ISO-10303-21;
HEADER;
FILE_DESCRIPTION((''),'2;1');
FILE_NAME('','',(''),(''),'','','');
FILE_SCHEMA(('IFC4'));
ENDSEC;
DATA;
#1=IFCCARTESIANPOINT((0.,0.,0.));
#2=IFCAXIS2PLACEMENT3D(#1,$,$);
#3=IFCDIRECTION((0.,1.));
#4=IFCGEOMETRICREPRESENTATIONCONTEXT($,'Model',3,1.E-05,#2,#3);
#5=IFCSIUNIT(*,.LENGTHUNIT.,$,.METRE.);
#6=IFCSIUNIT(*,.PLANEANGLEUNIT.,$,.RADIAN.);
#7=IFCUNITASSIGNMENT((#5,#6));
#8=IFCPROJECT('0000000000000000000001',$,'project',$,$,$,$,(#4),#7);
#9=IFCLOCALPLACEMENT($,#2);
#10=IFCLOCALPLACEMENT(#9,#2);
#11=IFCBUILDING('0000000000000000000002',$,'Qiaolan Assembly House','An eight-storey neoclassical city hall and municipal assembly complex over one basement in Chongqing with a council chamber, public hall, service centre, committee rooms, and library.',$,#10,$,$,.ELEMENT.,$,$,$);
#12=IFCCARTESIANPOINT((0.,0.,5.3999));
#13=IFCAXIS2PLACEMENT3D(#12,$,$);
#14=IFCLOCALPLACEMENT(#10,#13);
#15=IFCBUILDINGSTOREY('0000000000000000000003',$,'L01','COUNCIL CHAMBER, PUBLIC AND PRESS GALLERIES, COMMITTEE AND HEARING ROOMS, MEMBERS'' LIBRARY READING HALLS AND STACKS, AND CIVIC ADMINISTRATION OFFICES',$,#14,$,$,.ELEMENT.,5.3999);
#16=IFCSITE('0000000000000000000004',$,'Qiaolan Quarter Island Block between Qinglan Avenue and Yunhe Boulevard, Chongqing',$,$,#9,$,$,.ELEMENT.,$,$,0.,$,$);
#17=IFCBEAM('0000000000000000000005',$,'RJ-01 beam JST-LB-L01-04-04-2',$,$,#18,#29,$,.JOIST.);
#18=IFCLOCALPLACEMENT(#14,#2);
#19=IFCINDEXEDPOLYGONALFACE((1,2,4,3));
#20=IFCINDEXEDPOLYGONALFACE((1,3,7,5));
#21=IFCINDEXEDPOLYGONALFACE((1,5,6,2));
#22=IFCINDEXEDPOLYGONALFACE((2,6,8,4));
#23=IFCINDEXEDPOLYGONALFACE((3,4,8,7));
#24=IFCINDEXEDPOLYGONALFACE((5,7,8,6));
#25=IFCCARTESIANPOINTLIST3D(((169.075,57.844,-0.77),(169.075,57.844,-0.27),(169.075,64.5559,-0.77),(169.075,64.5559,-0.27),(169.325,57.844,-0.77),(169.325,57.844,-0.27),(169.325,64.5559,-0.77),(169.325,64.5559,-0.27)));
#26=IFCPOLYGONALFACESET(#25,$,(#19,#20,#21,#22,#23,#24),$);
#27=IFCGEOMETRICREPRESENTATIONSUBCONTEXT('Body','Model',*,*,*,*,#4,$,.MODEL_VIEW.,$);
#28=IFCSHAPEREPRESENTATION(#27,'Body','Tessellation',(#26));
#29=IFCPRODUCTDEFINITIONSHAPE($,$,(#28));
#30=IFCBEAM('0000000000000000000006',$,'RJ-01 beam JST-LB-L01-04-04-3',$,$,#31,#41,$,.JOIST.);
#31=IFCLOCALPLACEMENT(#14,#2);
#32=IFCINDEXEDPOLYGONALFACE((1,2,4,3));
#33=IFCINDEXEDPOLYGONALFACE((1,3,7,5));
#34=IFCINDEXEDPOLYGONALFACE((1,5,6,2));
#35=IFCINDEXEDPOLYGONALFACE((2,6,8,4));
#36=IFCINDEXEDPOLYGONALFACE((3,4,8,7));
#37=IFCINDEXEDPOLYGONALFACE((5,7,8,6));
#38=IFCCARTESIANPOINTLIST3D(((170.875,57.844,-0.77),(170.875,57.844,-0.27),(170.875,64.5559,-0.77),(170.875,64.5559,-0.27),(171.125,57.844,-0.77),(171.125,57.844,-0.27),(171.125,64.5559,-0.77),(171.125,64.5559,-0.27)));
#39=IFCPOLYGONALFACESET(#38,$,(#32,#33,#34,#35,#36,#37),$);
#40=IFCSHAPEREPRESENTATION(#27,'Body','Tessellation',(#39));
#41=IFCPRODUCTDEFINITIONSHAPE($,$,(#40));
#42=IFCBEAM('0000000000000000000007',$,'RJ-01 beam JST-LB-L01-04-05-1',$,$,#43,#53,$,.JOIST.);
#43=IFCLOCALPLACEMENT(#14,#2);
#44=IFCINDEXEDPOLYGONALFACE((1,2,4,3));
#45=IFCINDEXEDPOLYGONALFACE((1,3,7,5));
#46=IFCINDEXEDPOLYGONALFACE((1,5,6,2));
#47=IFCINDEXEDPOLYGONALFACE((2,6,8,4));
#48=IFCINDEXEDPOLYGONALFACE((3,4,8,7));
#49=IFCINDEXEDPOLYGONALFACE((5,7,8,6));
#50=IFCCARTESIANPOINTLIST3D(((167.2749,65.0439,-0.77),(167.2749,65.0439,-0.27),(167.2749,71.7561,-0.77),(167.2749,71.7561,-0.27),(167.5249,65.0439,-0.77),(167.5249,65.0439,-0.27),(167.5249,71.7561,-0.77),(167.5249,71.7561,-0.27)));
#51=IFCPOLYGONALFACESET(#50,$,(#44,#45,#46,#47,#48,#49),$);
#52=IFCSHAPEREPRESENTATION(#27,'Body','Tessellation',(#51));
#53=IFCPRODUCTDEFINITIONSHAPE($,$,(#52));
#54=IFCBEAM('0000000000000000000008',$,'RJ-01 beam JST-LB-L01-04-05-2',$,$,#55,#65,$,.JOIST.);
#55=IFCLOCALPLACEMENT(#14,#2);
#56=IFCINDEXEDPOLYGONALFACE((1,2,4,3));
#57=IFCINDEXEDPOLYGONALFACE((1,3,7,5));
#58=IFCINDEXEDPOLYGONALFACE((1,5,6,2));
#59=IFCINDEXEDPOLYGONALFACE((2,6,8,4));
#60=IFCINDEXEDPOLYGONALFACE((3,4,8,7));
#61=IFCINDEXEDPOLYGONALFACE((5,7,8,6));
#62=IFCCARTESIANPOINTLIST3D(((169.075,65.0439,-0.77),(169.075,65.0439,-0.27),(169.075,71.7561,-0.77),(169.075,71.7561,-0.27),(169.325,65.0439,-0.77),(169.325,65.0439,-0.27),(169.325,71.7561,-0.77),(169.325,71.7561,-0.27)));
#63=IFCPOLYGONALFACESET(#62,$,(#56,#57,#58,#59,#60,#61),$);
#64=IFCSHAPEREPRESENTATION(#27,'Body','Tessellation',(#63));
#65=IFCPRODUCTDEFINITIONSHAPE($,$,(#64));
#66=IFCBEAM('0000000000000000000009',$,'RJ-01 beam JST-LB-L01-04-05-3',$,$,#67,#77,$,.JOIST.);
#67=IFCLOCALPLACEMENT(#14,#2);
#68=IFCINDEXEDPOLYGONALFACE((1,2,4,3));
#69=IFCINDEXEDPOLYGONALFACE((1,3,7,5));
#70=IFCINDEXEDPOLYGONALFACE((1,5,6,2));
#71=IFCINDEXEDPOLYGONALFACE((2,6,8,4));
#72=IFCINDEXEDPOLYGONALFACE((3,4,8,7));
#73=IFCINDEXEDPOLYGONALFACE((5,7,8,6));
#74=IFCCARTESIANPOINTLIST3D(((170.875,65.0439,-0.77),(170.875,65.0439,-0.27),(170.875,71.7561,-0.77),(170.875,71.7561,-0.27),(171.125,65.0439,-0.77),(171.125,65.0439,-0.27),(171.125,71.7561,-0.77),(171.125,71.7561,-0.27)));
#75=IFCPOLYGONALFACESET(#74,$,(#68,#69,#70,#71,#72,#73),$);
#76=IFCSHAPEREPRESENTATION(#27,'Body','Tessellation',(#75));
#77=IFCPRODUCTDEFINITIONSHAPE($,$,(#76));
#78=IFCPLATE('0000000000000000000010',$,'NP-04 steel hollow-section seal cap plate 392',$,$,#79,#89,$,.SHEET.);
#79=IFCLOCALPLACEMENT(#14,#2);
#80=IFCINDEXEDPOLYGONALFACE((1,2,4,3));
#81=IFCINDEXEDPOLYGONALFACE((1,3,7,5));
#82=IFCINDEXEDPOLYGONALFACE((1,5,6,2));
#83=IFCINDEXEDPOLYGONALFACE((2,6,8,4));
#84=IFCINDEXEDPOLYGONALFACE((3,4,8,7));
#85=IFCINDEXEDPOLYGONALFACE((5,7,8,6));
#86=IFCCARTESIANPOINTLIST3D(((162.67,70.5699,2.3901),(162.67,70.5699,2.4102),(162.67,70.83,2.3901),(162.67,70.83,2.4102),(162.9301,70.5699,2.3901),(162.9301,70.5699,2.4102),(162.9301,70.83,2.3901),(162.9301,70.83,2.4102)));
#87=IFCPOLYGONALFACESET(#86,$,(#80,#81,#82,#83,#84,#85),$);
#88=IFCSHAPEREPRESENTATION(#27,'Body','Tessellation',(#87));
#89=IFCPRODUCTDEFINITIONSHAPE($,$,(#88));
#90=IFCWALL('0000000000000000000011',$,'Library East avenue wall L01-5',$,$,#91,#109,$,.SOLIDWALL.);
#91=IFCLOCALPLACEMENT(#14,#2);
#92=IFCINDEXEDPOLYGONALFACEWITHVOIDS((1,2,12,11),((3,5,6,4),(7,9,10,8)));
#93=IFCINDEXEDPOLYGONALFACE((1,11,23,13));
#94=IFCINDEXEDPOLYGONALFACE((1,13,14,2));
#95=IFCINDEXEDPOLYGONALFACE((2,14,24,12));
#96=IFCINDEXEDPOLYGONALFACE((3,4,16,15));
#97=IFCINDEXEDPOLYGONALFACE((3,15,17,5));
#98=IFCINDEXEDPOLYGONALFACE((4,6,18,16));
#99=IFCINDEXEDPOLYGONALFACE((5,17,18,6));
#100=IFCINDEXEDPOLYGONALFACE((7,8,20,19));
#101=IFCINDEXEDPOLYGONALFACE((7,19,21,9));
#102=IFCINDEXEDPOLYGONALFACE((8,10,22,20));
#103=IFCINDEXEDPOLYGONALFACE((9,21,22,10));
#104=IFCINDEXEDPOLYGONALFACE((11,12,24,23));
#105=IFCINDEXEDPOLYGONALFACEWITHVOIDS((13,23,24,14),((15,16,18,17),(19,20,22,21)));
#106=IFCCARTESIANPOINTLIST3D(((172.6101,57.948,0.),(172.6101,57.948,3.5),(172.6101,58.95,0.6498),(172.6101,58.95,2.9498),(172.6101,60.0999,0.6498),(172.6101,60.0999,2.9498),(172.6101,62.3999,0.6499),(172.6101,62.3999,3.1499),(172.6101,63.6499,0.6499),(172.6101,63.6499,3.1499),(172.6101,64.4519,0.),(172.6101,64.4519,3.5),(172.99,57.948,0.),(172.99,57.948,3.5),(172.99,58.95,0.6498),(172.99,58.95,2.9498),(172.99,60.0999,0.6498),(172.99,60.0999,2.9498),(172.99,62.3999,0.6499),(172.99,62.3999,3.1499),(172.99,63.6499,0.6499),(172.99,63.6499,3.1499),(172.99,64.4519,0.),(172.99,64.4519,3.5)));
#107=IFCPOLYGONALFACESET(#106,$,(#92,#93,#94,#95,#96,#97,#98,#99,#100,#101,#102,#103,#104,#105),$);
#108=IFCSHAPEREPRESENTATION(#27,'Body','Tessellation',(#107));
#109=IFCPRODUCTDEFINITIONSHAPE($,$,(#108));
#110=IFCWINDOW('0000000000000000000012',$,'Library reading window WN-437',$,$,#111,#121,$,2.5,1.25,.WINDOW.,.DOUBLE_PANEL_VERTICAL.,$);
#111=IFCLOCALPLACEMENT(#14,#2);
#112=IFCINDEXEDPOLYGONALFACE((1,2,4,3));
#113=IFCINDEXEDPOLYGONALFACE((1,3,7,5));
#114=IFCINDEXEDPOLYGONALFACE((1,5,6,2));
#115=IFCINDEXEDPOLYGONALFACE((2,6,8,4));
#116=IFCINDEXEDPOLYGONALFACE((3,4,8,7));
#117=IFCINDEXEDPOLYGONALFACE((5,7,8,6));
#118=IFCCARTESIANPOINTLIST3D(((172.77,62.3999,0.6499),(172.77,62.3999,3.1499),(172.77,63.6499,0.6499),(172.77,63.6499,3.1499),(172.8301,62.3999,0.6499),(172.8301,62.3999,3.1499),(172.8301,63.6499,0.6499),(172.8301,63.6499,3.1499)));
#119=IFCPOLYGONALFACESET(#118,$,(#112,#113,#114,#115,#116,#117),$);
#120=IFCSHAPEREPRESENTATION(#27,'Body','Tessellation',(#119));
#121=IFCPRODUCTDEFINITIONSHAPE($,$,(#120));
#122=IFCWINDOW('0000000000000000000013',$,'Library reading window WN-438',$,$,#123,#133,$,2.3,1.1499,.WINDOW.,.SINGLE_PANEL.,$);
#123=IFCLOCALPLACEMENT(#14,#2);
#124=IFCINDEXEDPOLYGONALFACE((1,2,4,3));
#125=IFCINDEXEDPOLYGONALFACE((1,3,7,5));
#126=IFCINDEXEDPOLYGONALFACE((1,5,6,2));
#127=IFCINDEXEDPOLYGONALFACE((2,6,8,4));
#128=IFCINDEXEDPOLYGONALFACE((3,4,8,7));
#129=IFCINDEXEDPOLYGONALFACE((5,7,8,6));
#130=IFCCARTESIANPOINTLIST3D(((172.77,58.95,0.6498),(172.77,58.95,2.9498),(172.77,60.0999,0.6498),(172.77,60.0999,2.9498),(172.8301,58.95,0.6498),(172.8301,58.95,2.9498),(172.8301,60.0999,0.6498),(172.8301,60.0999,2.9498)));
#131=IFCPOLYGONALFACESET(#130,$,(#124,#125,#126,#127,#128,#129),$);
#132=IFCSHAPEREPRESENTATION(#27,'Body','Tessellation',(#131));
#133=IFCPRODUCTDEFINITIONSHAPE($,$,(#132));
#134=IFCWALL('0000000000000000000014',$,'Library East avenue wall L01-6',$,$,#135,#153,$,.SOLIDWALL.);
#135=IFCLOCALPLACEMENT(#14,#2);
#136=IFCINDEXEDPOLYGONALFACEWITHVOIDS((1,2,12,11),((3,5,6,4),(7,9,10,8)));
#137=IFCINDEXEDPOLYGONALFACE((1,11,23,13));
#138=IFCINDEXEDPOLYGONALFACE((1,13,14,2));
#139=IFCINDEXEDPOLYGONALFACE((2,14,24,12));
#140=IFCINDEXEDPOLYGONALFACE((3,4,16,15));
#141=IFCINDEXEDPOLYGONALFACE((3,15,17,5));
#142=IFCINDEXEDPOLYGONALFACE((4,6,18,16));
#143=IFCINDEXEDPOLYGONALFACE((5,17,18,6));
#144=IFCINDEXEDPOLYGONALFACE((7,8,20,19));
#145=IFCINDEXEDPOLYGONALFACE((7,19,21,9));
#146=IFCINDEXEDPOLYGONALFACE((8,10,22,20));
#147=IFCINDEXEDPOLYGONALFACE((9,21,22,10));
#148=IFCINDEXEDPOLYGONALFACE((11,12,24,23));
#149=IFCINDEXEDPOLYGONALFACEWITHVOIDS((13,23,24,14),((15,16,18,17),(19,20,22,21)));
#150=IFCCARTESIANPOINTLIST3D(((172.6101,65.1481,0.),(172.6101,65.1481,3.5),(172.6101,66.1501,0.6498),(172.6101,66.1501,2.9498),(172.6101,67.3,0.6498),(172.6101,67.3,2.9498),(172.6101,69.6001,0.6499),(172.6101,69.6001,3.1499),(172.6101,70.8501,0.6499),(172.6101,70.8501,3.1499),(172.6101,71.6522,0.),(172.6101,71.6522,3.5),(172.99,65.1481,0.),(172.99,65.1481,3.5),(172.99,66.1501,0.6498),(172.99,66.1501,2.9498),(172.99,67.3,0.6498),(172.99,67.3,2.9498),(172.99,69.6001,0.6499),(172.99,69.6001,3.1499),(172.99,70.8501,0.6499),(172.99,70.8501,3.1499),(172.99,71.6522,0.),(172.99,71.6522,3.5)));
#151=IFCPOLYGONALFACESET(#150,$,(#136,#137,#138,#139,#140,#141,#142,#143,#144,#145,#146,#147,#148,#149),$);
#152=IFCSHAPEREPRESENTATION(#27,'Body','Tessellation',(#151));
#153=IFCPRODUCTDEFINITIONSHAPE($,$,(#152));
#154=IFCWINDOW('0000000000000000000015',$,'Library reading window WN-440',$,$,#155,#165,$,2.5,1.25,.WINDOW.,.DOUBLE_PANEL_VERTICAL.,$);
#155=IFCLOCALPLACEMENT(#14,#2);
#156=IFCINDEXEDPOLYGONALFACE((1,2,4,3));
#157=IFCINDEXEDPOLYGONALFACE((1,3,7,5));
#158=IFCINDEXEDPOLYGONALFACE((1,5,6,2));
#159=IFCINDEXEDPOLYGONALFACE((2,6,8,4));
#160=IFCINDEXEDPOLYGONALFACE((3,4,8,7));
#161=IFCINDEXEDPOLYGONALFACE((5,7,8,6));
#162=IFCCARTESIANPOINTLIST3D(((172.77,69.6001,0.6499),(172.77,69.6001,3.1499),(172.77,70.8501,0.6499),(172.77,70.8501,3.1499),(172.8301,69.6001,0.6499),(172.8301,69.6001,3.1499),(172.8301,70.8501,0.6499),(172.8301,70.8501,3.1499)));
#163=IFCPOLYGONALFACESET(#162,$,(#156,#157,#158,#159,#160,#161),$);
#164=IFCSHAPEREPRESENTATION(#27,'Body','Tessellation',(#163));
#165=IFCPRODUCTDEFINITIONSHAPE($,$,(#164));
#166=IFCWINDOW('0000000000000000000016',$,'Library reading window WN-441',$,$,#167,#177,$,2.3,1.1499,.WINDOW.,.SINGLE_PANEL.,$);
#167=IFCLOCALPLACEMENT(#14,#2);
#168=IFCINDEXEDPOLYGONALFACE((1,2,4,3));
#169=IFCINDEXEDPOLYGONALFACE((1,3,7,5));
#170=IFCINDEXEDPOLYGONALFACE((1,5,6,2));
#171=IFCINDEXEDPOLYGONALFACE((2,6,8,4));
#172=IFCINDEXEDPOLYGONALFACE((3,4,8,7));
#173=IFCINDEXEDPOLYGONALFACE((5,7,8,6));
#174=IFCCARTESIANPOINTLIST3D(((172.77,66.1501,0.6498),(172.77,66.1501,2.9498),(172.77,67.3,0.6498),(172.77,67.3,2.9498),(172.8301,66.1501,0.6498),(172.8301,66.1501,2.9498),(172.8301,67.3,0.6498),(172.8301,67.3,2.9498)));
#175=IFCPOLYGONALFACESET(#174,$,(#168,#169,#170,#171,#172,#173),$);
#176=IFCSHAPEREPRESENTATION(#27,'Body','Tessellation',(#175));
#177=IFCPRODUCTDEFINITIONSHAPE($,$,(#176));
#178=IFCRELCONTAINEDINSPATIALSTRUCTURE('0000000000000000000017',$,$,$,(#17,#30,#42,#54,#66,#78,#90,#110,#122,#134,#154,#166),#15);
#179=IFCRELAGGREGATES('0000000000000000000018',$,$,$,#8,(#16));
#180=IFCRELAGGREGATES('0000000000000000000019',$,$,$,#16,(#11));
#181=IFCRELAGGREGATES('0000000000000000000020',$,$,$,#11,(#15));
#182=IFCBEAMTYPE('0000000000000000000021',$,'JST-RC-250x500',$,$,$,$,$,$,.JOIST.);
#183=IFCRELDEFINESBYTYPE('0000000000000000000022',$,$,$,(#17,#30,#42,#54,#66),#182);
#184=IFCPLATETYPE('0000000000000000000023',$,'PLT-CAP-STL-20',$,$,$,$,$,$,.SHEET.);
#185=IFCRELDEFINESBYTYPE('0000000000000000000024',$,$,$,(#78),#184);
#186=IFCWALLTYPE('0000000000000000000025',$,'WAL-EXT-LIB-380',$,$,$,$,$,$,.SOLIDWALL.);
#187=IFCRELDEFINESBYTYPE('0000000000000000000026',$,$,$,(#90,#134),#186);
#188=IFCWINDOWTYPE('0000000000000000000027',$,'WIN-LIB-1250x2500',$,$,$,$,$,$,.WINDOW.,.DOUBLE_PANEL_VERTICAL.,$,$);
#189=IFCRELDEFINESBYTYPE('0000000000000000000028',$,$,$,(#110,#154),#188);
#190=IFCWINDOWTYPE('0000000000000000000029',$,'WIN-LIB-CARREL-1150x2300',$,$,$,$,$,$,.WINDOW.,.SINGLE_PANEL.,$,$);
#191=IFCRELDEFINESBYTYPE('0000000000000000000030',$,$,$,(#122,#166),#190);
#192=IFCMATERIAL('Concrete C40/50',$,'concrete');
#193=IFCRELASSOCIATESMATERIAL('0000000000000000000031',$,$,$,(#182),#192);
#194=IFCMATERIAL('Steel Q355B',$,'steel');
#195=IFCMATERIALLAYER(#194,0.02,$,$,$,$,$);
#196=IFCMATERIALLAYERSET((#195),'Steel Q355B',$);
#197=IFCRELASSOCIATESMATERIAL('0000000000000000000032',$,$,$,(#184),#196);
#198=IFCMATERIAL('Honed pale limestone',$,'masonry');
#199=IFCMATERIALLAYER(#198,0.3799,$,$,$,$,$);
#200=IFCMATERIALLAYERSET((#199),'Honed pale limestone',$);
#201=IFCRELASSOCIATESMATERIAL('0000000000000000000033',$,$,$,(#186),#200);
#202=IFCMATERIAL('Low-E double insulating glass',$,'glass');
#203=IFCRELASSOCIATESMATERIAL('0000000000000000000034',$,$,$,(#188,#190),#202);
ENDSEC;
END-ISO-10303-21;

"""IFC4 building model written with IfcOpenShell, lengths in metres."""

from ifc_helpers import new_model, si_unit, direction, frame, frame_2d, origin, origin_2d, place, context, subcontext, project, spatial, rectangle, extrude, material, layer, layer_set, material_profile, profile_set, type_object, element, fill, save


model = new_model("IFC4")

# Units and contexts
model_context = context("Model", 3, precision=1e-05, world=origin(), true_north=direction((0.0, 1.0)))
body_context = subcontext(model_context, "Body", "Model", "MODEL_VIEW")
ifc_project = project(units=[si_unit("LENGTHUNIT", "METRE"), si_unit("PLANEANGLEUNIT", "RADIAN")], contexts=[model_context])

# Site, building, storey
site_placement = place(None, origin())
site = spatial("IfcSite", under=ifc_project, at=site_placement, Name="Qiaolan Quarter Island Block between Qinglan Avenue and Yunhe Boulevard, Chongqing", CompositionType="ELEMENT", RefElevation=0.0)
building_placement = place(site_placement, origin())
building = spatial("IfcBuilding", under=site, at=building_placement, Name="Qiaolan Assembly House", Description="An eight-storey neoclassical city hall and municipal assembly complex over one basement in Chongqing with a council chamber, public hall, service centre, committee rooms, and library.", CompositionType="ELEMENT")
storey_placement = place(building_placement, frame((0.0, 0.0, 5.3999)))
storey = spatial("IfcBuildingStorey", under=building, at=storey_placement, Name="L01", Description="COUNCIL CHAMBER, PUBLIC AND PRESS GALLERIES, COMMITTEE AND HEARING ROOMS, MEMBERS' LIBRARY READING HALLS AND STACKS, AND CIVIC ADMINISTRATION OFFICES", CompositionType="ELEMENT", Elevation=5.3999)

# Shared definitions
ifc_material_1 = material(Name="Concrete C40/50", Category="concrete")
ifc_material_2 = material(Name="Steel Q355B", Category="steel")

# Beams
ifc_material_profile_1 = material_profile(ifc_material_1, rectangle(XDim=0.25, YDim=0.5, at=origin_2d()), Name="RCB 250x500")
ifc_profile_set_1 = profile_set([ifc_material_profile_1], Name="Concrete C40/50")
beam_type_1 = type_object("IfcBeamType", Name="JST-RC-250x500", PredefinedType="JOIST", material=ifc_profile_set_1)
for number, where, z_axis, x_axis, name in (
    (1, (169.2, 57.844, -0.52), (0.0, 1.0, 0.0), (-1.0, 0.0, 0.0), "RJ-01 beam JST-LB-L01-04-04-2"),
    (2, (171.0, 57.844, -0.52), (0.0, 1.0, 0.0), (-1.0, 0.0, 0.0), "RJ-01 beam JST-LB-L01-04-04-3"),
):
    element("IfcBeam", number, at=place(storey_placement, frame(where, z_axis=z_axis, x_axis=x_axis)), inside=storey, type_object=beam_type_1, Name=name, PredefinedType="JOIST", context=body_context, shape_type="SweptSolid", body=[
        extrude(rectangle(XDim=0.25, YDim=0.5, at=origin_2d()), origin(), (0.0, 0.0, 1.0), 6.7119),
    ])
for number, where, z_axis, x_axis, name in (
    (3, (167.3999, 65.0439, -0.52), (0.0, 1.0, 0.0), (-1.0, 0.0, 0.0), "RJ-01 beam JST-LB-L01-04-05-1"),
    (4, (169.2, 65.0439, -0.52), (0.0, 1.0, 0.0), (-1.0, 0.0, 0.0), "RJ-01 beam JST-LB-L01-04-05-2"),
    (5, (171.0, 65.0439, -0.52), (0.0, 1.0, 0.0), (-1.0, 0.0, 0.0), "RJ-01 beam JST-LB-L01-04-05-3"),
):
    element("IfcBeam", number, at=place(storey_placement, frame(where, z_axis=z_axis, x_axis=x_axis)), inside=storey, type_object=beam_type_1, Name=name, PredefinedType="JOIST", context=body_context, shape_type="SweptSolid", body=[
        extrude(rectangle(XDim=0.25, YDim=0.5, at=origin_2d()), origin(), (0.0, 0.0, 1.0), 6.7122),
    ])

# Plate
ifc_layer_1 = layer(ifc_material_2, 0.02)
ifc_layer_set_1 = layer_set([ifc_layer_1], Name="Steel Q355B")
plate_type = type_object("IfcPlateType", Name="PLT-CAP-STL-20", PredefinedType="SHEET", material=ifc_layer_set_1)
plate_placement = place(storey_placement, frame((162.8, 70.7, 2.3901), z_axis=(0.0, 0.0, 1.0), x_axis=(1.0, 0.0, 0.0)))
element("IfcPlate", 6, at=plate_placement, inside=storey, type_object=plate_type, Name="NP-04 steel hollow-section seal cap plate 392", PredefinedType="SHEET", context=body_context, shape_type="SweptSolid", body=[
    extrude(rectangle(XDim=0.26, YDim=0.26, at=origin_2d()), origin(), (0.0, 0.0, 1.0), 0.02),
])

# Walls, openings, windows
ifc_material_3 = material(Name="Honed pale limestone", Category="masonry")
ifc_layer_2 = layer(ifc_material_3, 0.3799)
ifc_layer_set_2 = layer_set([ifc_layer_2], Name="Honed pale limestone")
wall_type = type_object("IfcWallType", Name="WAL-EXT-LIB-380", PredefinedType="SOLIDWALL", material=ifc_layer_set_2)
wall_1_placement = place(storey_placement, frame((172.8, 64.4519, 0.0), z_axis=(0.0, 0.0, 1.0), x_axis=(0.0, -1.0, 0.0)))
wall_1 = element("IfcWall", 7, at=wall_1_placement, inside=storey, type_object=wall_type, Name="Library East avenue wall L01-5", PredefinedType="SOLIDWALL", context=body_context, shape_type="SweptSolid", body=[
    extrude(rectangle(XDim=6.5039, YDim=0.3799, at=frame_2d((3.252, 0.0))), origin(), (0.0, 0.0, 1.0), 3.5),
])
opening_1_placement = place(wall_1_placement, frame((0.802, 0.0, 0.6499)))
opening_1 = element("IfcOpeningElement", 8, at=opening_1_placement, cuts=wall_1, PredefinedType="OPENING", context=body_context, shape_type="SweptSolid", body=[
    extrude(rectangle(XDim=1.25, YDim=2.5, at=frame_2d((0.625, 1.25))), frame((0.0, 0.2, 0.0), z_axis=(0.0, -1.0, 0.0), x_axis=(1.0, 0.0, 0.0)), (0.0, 0.0, 1.0), 0.3999),
])
opening_2_placement = place(wall_1_placement, frame((4.3521, 0.0, 0.6499)))
opening_2 = element("IfcOpeningElement", 9, at=opening_2_placement, cuts=wall_1, PredefinedType="OPENING", context=body_context, shape_type="SweptSolid", body=[
    extrude(rectangle(XDim=1.1499, YDim=2.3, at=frame_2d((0.575, 1.1499))), frame((0.0, 0.2, 0.0), z_axis=(0.0, -1.0, 0.0), x_axis=(1.0, 0.0, 0.0)), (0.0, 0.0, 1.0), 0.3999),
])
ifc_material_4 = material(Name="Low-E double insulating glass", Category="glass")
window_type_1 = type_object("IfcWindowType", Name="WIN-LIB-1250x2500", PartitioningType="DOUBLE_PANEL_VERTICAL", PredefinedType="WINDOW", material=ifc_material_4)
window_1_placement = place(opening_1_placement, origin())
window_1 = element("IfcWindow", 10, at=window_1_placement, inside=storey, type_object=window_type_1, Name="Library reading window WN-437", OverallHeight=2.5, OverallWidth=1.25, PartitioningType="DOUBLE_PANEL_VERTICAL", PredefinedType="WINDOW", context=body_context, shape_type="SweptSolid", body=[
    extrude(rectangle(XDim=1.25, YDim=2.5, at=frame_2d((0.625, 1.25))), frame((0.0, 0.03, 0.0), z_axis=(0.0, -1.0, 0.0), x_axis=(1.0, 0.0, 0.0)), (0.0, 0.0, 1.0), 0.0601),
])
fill(opening_1, window_1)
window_type_2 = type_object("IfcWindowType", Name="WIN-LIB-CARREL-1150x2300", PartitioningType="SINGLE_PANEL", PredefinedType="WINDOW", material=ifc_material_4)
window_2_placement = place(opening_2_placement, origin())
window_2 = element("IfcWindow", 11, at=window_2_placement, inside=storey, type_object=window_type_2, Name="Library reading window WN-438", OverallHeight=2.3, OverallWidth=1.1499, PartitioningType="SINGLE_PANEL", PredefinedType="WINDOW", context=body_context, shape_type="SweptSolid", body=[
    extrude(rectangle(XDim=1.1499, YDim=2.3, at=frame_2d((0.575, 1.1499))), frame((0.0, 0.03, 0.0), z_axis=(0.0, -1.0, 0.0), x_axis=(1.0, 0.0, 0.0)), (0.0, 0.0, 1.0), 0.0601),
])
fill(opening_2, window_2)
wall_2_placement = place(storey_placement, frame((172.8, 71.6521, 0.0), z_axis=(0.0, 0.0, 1.0), x_axis=(0.0, -1.0, 0.0)))
wall_2 = element("IfcWall", 12, at=wall_2_placement, inside=storey, type_object=wall_type, Name="Library East avenue wall L01-6", PredefinedType="SOLIDWALL", context=body_context, shape_type="SweptSolid", body=[
    extrude(rectangle(XDim=6.5042, YDim=0.3799, at=frame_2d((3.252, 0.0))), origin(), (0.0, 0.0, 1.0), 3.5),
])
opening_3_placement = place(wall_2_placement, frame((0.802, 0.0, 0.6499)))
opening_3 = element("IfcOpeningElement", 13, at=opening_3_placement, cuts=wall_2, PredefinedType="OPENING", context=body_context, shape_type="SweptSolid", body=[
    extrude(rectangle(XDim=1.25, YDim=2.5, at=frame_2d((0.625, 1.25))), frame((0.0, 0.2, 0.0), z_axis=(0.0, -1.0, 0.0), x_axis=(1.0, 0.0, 0.0)), (0.0, 0.0, 1.0), 0.3999),
])
opening_4_placement = place(wall_2_placement, frame((4.3521, 0.0, 0.6499)))
opening_4 = element("IfcOpeningElement", 14, at=opening_4_placement, cuts=wall_2, PredefinedType="OPENING", context=body_context, shape_type="SweptSolid", body=[
    extrude(rectangle(XDim=1.1499, YDim=2.3, at=frame_2d((0.575, 1.1499))), frame((0.0, 0.2, 0.0), z_axis=(0.0, -1.0, 0.0), x_axis=(1.0, 0.0, 0.0)), (0.0, 0.0, 1.0), 0.3999),
])
window_3_placement = place(opening_3_placement, origin())
window_3 = element("IfcWindow", 15, at=window_3_placement, inside=storey, type_object=window_type_1, Name="Library reading window WN-440", OverallHeight=2.5, OverallWidth=1.25, PartitioningType="DOUBLE_PANEL_VERTICAL", PredefinedType="WINDOW", context=body_context, shape_type="SweptSolid", body=[
    extrude(rectangle(XDim=1.25, YDim=2.5, at=frame_2d((0.625, 1.25))), frame((0.0, 0.03, 0.0), z_axis=(0.0, -1.0, 0.0), x_axis=(1.0, 0.0, 0.0)), (0.0, 0.0, 1.0), 0.0601),
])
fill(opening_3, window_3)
window_4_placement = place(opening_4_placement, origin())
window_4 = element("IfcWindow", 16, at=window_4_placement, inside=storey, type_object=window_type_2, Name="Library reading window WN-441", OverallHeight=2.3, OverallWidth=1.1499, PartitioningType="SINGLE_PANEL", PredefinedType="WINDOW", context=body_context, shape_type="SweptSolid", body=[
    extrude(rectangle(XDim=1.1499, YDim=2.3, at=frame_2d((0.575, 1.1499))), frame((0.0, 0.03, 0.0), z_axis=(0.0, -1.0, 0.0), x_axis=(1.0, 0.0, 0.0)), (0.0, 0.0, 1.0), 0.0601),
])
fill(opening_4, window_4)

save(model, "model.ifc")
